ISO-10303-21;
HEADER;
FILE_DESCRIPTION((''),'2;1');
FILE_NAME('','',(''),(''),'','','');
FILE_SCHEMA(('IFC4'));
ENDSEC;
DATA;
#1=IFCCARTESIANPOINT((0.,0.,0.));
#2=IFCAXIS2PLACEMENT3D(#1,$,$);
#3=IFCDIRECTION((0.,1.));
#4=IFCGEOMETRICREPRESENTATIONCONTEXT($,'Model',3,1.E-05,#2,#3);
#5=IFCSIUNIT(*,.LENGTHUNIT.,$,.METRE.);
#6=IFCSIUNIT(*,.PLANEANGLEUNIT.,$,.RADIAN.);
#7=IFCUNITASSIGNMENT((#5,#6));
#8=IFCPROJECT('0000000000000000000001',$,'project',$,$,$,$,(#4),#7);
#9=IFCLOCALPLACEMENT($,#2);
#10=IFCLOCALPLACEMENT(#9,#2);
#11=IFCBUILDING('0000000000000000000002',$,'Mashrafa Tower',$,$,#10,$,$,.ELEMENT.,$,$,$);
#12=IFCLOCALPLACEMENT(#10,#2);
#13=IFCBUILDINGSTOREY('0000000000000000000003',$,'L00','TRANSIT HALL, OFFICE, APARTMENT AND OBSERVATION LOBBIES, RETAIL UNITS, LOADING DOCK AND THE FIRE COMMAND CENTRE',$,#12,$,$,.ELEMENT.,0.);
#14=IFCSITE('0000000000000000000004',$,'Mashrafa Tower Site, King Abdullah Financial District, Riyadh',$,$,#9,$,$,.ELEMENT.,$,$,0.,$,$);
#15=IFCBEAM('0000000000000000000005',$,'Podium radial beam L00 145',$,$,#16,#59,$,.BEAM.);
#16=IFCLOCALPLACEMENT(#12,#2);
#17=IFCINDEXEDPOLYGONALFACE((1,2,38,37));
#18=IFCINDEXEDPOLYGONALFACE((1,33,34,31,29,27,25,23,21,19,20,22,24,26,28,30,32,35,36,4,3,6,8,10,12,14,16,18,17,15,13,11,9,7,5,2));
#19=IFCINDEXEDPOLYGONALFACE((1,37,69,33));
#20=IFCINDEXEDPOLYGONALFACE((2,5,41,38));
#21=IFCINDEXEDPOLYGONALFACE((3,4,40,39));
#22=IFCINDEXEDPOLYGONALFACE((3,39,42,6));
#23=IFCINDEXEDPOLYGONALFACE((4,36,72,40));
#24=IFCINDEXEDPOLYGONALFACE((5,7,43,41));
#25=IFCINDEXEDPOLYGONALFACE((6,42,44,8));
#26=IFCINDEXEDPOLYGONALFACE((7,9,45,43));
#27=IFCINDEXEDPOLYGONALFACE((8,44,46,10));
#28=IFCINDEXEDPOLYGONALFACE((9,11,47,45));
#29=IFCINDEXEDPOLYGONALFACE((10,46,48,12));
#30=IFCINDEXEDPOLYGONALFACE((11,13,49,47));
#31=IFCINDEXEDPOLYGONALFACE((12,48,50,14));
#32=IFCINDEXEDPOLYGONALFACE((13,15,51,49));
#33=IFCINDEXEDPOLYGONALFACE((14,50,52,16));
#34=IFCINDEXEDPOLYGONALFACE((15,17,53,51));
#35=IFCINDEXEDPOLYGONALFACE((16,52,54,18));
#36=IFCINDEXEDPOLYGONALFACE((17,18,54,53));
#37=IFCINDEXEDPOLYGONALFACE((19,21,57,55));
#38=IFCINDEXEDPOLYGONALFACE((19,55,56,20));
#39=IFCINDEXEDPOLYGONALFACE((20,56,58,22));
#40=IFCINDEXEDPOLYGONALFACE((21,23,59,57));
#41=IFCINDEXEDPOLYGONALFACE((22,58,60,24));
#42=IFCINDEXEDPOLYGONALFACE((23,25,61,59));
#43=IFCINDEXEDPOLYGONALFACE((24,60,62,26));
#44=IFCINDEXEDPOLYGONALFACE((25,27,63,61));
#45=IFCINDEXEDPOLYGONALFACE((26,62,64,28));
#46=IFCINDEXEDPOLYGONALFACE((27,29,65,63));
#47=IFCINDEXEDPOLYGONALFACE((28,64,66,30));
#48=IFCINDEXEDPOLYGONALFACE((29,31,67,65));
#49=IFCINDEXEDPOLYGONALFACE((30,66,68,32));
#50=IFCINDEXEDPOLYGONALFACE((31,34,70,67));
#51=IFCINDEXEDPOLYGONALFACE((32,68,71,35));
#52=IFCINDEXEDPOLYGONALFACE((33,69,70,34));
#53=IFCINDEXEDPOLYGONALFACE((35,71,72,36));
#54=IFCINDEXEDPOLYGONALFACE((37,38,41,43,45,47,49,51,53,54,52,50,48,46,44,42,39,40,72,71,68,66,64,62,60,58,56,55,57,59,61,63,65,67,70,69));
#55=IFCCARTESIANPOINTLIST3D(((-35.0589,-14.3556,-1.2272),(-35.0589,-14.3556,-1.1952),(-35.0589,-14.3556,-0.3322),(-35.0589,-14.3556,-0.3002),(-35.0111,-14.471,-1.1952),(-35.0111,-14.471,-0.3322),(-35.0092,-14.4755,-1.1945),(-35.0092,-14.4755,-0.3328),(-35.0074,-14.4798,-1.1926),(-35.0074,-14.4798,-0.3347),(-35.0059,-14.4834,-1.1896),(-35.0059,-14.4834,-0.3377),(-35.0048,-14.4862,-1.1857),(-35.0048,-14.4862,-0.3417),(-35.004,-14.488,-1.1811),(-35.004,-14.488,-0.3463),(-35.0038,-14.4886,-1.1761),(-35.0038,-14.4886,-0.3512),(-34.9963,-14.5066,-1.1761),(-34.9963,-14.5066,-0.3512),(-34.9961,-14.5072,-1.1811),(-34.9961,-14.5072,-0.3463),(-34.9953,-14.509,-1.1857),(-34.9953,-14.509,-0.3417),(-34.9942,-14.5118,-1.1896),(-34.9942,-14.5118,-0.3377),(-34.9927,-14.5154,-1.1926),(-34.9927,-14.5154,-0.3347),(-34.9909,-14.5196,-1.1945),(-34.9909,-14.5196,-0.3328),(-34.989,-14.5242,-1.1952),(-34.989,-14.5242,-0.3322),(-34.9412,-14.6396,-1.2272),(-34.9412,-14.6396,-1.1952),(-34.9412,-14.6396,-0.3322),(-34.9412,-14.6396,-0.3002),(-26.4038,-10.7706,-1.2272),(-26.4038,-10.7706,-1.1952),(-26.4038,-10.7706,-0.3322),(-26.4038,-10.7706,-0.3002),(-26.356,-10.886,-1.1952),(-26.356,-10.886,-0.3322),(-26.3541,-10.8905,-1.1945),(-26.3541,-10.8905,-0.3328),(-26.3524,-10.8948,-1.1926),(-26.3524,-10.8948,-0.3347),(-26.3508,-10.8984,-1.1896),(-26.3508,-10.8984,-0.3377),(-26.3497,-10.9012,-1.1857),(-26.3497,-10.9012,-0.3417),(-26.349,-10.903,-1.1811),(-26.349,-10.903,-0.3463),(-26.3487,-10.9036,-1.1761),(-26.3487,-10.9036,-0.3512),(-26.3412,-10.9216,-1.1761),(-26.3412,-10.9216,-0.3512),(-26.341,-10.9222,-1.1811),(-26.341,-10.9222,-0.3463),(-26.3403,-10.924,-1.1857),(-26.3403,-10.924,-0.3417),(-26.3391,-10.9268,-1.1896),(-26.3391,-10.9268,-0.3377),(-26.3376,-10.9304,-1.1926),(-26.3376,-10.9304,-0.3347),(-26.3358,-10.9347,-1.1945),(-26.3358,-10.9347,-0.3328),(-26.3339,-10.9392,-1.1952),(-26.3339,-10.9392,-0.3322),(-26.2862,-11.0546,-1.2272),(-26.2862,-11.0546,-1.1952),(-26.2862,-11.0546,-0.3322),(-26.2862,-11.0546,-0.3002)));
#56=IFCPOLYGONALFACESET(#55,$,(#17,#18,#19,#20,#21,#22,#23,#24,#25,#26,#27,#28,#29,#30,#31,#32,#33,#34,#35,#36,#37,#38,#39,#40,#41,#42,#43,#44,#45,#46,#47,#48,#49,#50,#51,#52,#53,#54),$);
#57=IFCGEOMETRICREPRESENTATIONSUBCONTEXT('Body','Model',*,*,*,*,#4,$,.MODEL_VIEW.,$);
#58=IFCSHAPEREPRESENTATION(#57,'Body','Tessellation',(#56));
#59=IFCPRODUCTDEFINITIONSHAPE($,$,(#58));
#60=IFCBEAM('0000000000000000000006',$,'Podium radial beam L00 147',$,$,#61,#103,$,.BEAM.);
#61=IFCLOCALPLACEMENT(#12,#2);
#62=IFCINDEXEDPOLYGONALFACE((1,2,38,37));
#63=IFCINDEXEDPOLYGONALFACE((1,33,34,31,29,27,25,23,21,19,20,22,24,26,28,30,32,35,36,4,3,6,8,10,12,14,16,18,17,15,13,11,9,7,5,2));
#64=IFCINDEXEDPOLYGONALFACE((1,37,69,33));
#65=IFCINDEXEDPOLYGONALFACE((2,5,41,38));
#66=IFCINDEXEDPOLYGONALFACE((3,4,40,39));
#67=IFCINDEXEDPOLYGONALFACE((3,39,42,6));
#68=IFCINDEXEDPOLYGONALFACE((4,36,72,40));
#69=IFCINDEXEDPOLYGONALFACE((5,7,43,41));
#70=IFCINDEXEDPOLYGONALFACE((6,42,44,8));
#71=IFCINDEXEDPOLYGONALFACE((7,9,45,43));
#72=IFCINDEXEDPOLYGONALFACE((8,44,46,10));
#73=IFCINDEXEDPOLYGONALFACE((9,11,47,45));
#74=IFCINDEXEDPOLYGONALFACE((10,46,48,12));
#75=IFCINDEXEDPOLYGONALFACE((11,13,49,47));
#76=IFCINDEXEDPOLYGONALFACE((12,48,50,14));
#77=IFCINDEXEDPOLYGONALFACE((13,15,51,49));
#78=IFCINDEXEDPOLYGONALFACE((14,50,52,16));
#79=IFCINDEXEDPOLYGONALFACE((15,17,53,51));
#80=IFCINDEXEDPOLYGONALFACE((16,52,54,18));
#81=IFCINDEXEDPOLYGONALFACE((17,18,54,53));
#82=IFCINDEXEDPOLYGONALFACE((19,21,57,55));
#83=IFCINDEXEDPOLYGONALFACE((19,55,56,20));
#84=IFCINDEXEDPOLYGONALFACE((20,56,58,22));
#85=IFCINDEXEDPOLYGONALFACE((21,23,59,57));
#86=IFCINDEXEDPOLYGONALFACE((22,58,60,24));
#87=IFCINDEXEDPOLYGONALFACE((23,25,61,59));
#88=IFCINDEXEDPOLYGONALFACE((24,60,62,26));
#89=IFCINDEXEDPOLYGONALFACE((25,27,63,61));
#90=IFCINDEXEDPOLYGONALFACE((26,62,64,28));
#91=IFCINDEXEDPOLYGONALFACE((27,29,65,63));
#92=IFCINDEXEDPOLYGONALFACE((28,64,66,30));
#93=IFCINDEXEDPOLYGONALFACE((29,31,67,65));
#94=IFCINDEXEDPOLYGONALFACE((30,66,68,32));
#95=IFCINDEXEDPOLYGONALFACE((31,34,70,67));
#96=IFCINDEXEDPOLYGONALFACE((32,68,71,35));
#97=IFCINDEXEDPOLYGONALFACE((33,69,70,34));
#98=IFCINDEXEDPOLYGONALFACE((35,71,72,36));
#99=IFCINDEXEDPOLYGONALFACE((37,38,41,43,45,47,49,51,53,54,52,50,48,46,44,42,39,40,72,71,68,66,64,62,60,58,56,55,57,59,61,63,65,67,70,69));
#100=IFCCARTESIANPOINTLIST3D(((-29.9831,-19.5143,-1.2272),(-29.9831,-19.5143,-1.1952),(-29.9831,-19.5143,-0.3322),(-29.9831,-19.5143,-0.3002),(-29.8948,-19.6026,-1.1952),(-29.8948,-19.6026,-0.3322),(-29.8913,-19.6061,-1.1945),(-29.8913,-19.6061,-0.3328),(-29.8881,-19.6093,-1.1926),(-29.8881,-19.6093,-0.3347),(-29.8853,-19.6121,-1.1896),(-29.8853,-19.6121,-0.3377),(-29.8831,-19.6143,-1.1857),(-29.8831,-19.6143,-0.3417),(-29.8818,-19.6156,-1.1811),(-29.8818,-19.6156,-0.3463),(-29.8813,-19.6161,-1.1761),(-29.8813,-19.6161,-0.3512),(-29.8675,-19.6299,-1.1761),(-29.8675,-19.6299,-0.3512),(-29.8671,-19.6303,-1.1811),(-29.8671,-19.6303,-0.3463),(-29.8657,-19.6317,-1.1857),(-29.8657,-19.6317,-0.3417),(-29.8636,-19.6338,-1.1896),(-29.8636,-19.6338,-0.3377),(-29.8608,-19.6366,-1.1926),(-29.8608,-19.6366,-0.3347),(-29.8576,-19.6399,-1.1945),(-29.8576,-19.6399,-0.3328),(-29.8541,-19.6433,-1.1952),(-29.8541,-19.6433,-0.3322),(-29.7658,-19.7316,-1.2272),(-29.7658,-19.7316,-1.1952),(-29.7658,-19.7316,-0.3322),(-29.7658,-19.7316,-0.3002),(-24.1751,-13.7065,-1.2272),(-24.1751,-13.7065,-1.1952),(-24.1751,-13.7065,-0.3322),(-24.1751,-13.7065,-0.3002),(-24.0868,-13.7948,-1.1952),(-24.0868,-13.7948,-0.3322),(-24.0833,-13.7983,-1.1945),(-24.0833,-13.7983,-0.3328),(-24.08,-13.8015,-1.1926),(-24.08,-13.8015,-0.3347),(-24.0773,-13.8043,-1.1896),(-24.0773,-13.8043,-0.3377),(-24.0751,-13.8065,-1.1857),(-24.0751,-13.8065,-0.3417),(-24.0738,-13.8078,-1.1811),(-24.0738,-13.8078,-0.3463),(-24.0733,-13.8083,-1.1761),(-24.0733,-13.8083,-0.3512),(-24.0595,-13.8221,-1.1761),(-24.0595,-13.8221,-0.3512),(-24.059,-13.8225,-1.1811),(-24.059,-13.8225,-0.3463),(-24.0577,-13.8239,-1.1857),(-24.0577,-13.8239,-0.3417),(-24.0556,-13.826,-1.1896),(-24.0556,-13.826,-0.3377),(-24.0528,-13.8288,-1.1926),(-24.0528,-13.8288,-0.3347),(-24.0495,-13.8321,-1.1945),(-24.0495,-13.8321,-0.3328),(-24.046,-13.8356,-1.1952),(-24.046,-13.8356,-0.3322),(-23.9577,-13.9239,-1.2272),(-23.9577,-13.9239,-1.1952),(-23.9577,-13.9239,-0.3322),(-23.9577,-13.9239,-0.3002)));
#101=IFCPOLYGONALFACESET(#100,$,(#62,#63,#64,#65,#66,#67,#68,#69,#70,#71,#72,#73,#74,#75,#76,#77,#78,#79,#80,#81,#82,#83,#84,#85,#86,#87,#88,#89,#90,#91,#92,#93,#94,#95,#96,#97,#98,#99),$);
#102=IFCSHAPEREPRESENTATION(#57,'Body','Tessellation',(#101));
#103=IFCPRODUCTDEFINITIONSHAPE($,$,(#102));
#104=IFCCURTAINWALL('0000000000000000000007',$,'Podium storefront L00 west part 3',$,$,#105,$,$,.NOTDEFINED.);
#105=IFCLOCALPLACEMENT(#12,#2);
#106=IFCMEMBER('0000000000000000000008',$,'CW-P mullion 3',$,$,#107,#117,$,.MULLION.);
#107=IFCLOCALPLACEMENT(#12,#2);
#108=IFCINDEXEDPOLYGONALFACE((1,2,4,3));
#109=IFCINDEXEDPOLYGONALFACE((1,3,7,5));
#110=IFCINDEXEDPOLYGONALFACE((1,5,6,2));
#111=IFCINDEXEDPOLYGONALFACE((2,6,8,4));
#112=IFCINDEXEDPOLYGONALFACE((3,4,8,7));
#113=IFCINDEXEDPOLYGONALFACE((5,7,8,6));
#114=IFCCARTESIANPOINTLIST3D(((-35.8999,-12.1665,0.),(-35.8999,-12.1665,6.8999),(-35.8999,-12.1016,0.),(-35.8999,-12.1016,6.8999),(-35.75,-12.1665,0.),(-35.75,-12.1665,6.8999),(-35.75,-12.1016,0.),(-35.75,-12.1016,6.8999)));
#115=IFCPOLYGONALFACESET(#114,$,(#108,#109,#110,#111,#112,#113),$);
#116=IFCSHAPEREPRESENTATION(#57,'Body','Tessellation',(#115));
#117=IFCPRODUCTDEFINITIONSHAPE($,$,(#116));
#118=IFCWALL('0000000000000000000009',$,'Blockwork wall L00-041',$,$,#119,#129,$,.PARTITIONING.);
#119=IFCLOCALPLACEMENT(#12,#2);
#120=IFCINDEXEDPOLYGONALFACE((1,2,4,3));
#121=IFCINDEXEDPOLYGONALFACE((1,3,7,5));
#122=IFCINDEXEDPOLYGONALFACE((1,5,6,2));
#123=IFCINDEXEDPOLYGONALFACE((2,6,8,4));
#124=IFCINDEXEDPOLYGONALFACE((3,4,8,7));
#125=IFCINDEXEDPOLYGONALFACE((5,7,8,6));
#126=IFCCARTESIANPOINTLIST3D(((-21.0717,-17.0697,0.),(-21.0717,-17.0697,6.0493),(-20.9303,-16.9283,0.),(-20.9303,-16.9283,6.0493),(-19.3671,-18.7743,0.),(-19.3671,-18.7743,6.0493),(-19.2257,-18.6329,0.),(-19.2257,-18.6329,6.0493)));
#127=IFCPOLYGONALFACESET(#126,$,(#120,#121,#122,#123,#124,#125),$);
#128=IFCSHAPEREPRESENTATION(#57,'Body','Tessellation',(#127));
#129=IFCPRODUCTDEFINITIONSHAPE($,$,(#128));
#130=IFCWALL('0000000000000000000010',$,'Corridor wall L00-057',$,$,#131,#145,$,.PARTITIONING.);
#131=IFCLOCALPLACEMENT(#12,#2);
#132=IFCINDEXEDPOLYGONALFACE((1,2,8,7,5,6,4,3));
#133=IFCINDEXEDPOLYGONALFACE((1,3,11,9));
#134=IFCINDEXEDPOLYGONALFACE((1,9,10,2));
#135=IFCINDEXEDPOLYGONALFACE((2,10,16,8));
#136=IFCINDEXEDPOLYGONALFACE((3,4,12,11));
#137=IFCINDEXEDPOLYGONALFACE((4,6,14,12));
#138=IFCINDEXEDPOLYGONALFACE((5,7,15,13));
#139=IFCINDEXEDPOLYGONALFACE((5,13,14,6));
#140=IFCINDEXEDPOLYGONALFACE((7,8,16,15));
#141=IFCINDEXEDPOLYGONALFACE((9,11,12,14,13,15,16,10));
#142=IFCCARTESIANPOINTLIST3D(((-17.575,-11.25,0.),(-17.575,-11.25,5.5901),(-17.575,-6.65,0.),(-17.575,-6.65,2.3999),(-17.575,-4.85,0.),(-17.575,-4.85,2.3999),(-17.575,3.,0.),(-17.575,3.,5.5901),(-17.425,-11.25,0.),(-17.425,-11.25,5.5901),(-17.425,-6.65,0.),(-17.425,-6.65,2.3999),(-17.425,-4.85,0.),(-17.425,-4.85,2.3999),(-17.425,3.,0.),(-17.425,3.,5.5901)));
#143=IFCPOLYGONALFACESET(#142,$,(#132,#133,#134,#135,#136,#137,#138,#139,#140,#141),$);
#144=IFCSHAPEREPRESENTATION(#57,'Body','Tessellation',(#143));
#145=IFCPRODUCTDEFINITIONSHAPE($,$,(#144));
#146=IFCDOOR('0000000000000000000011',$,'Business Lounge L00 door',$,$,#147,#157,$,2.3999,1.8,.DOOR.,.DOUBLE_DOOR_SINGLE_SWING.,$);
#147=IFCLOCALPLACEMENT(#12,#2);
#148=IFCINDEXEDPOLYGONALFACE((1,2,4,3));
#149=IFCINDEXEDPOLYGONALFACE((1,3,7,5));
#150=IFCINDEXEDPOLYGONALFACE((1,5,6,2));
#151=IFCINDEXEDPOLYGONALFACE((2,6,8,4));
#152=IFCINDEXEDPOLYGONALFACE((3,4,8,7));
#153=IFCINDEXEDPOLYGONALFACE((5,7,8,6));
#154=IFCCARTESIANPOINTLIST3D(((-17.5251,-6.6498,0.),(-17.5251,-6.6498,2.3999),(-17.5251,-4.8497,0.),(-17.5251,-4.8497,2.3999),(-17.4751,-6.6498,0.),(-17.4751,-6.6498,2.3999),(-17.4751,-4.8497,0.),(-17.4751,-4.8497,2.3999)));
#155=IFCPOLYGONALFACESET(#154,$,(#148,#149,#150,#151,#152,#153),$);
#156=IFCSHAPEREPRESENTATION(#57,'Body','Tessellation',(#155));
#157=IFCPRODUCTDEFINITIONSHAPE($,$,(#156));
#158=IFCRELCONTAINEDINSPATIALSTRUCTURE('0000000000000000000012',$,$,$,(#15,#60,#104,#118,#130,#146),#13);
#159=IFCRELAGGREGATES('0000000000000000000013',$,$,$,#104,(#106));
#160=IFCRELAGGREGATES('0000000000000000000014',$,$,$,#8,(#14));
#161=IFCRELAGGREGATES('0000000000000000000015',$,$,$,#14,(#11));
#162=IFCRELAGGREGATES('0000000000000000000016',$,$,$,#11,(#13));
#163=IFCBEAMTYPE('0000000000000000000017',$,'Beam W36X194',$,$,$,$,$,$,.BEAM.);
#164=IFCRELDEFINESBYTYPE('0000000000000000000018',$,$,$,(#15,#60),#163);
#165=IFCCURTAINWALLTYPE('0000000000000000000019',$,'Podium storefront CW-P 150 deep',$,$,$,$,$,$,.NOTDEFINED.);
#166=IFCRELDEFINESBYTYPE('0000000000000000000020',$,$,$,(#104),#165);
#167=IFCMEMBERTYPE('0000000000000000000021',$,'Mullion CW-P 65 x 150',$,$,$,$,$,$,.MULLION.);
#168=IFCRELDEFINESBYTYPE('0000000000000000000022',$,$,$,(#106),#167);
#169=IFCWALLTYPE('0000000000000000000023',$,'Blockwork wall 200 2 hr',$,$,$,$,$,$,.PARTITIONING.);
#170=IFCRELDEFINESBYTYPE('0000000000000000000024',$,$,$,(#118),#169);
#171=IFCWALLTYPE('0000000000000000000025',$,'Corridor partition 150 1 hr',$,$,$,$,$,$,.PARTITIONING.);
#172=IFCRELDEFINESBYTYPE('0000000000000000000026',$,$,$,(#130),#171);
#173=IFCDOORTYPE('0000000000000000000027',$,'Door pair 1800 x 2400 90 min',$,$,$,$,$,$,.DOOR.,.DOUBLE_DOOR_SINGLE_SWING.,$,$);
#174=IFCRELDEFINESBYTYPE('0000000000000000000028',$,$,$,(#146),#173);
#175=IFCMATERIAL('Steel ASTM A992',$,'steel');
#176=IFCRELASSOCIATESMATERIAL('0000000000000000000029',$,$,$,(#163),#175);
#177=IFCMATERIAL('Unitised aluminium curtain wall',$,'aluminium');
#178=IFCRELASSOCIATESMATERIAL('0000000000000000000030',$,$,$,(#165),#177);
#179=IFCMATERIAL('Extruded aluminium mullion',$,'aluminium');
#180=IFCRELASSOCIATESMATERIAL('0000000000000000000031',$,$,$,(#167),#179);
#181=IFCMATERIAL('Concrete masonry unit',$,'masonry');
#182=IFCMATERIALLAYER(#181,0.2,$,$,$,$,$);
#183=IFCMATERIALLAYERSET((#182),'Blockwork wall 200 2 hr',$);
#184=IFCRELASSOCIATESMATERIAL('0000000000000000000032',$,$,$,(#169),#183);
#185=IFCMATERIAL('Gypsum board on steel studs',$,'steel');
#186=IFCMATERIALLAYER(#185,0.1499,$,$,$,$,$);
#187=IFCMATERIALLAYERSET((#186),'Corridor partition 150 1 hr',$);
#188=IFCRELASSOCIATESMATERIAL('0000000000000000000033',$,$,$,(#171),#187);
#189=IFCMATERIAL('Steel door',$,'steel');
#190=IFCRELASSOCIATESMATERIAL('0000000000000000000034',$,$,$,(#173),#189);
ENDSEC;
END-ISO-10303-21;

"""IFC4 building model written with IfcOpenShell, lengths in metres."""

from ifc_helpers import new_model, si_unit, direction, frame, frame_2d, origin, origin_2d, place, context, subcontext, project, spatial, rectangle, i_section, extrude, source, transform, mapped, material, layer, layer_set, material_profile, profile_set, type_object, type_shapes, element, fill, aggregate, save


model = new_model("IFC4")

# Units and contexts
model_context = context("Model", 3, precision=1e-05, world=origin(), true_north=direction((0.0, 1.0)))
body_context = subcontext(model_context, "Body", "Model", "MODEL_VIEW")
ifc_project = project(units=[si_unit("LENGTHUNIT", "METRE"), si_unit("PLANEANGLEUNIT", "RADIAN")], contexts=[model_context])

# Site, building, storey
site_placement = place(None, origin())
site = spatial("IfcSite", under=ifc_project, at=site_placement, Name="Mashrafa Tower Site, King Abdullah Financial District, Riyadh", CompositionType="ELEMENT", RefElevation=0.0)
building_placement = place(site_placement, origin())
building = spatial("IfcBuilding", under=site, at=building_placement, Name="Mashrafa Tower", CompositionType="ELEMENT")
storey_placement = place(building_placement, origin())
storey = spatial("IfcBuildingStorey", under=building, at=storey_placement, Name="L00", Description="TRANSIT HALL, OFFICE, APARTMENT AND OBSERVATION LOBBIES, RETAIL UNITS, LOADING DOCK AND THE FIRE COMMAND CENTRE", CompositionType="ELEMENT", Elevation=0.0)

# Beams
ifc_material_1 = material(Name="Steel ASTM A992", Category="steel")
ifc_material_profile_1 = material_profile(ifc_material_1, i_section(OverallWidth=0.3074, OverallDepth=0.927, WebThickness=0.0195, FlangeThickness=0.032, FilletRadius=0.019, at=origin_2d()), Name="W36X194")
ifc_profile_set_1 = profile_set([ifc_material_profile_1], Name="Steel ASTM A992")
beam_type_1 = type_object("IfcBeamType", Name="Beam W36X194", PredefinedType="BEAM", material=ifc_profile_set_1)
beam_1_placement = place(storey_placement, frame((-26.345, -10.9126, -0.7637), z_axis=(-0.923882, -0.382677, 0.0), x_axis=(0.382677, -0.923882, 0.0)))
element("IfcBeam", 1, at=beam_1_placement, inside=storey, type_object=beam_type_1, Name="Podium radial beam L00 145", PredefinedType="BEAM", context=body_context, shape_type="SweptSolid", body=[
    extrude(i_section(OverallWidth=0.3074, OverallDepth=0.927, WebThickness=0.0195, FlangeThickness=0.032, FilletRadius=0.019, at=origin_2d()), origin(), (0.0, 0.0, 1.0), 9.3682),
])
beam_2_placement = place(storey_placement, frame((-24.0664, -13.8152, -0.7637), z_axis=(-0.707122, -0.707092, 0.0), x_axis=(0.707092, -0.707122, 0.0)))
element("IfcBeam", 2, at=beam_2_placement, inside=storey, type_object=beam_type_1, Name="Podium radial beam L00 147", PredefinedType="BEAM", context=body_context, shape_type="SweptSolid", body=[
    extrude(i_section(OverallWidth=0.3074, OverallDepth=0.927, WebThickness=0.0195, FlangeThickness=0.032, FilletRadius=0.019, at=origin_2d()), origin(), (0.0, 0.0, 1.0), 8.2136),
])

# Curtain wall, member
ifc_material_2 = material(Name="Unitised aluminium curtain wall", Category="aluminium")
curtain_wall_type = type_object("IfcCurtainWallType", Name="Podium storefront CW-P 150 deep", PredefinedType="NOTDEFINED", material=ifc_material_2)
curtain_wall_placement = place(storey_placement, origin())
curtain_wall = element("IfcCurtainWall", 3, at=curtain_wall_placement, inside=storey, type_object=curtain_wall_type, Name="Podium storefront L00 west part 3", PredefinedType="NOTDEFINED")
ifc_material_3 = material(Name="Extruded aluminium mullion", Category="aluminium")
ifc_material_profile_2 = material_profile(ifc_material_3, rectangle(XDim=0.1499, YDim=0.0649, at=origin_2d()), Name="Mullion 65x150")
ifc_profile_set_2 = profile_set([ifc_material_profile_2], Name="Extruded aluminium mullion")
member_type = type_object("IfcMemberType", Name="Mullion CW-P 65 x 150", PredefinedType="MULLION", material=ifc_profile_set_2)
shared_shape = source(origin(), body_context, "Body", "SweptSolid", [
    extrude(rectangle(XDim=0.1499, YDim=0.0649, at=origin_2d()), origin(), (0.0, 0.0, 1.0), 6.8999),
])
type_shapes(member_type, [shared_shape])
member_placement = place(storey_placement, frame((-35.825, -12.134, 0.0), z_axis=(0.0, 0.0, 1.0), x_axis=(1.0, 0.0, 0.0)))
member = element("IfcMember", 4, at=member_placement, type_object=member_type, Name="CW-P mullion 3", PredefinedType="MULLION", context=body_context, shape_type="MappedRepresentation", body=[
    mapped(shared_shape, transform((0.0, 0.0, 0.0))),
])
aggregate(curtain_wall, [member])

# Wall
ifc_material_4 = material(Name="Concrete masonry unit", Category="masonry")
ifc_layer_1 = layer(ifc_material_4, 0.2)
ifc_layer_set_1 = layer_set([ifc_layer_1], Name="Blockwork wall 200 2 hr")
wall_type_1 = type_object("IfcWallType", Name="Blockwork wall 200 2 hr", PredefinedType="PARTITIONING", material=ifc_layer_set_1)
wall_1_placement = place(storey_placement, frame((-19.2964, -18.7036, 0.0), z_axis=(0.0, 0.0, 1.0), x_axis=(-0.707107, 0.707107, 0.0)))
element("IfcWall", 5, at=wall_1_placement, inside=storey, type_object=wall_type_1, Name="Blockwork wall L00-041", PredefinedType="PARTITIONING", context=body_context, shape_type="SweptSolid", body=[
    extrude(rectangle(XDim=2.4106, YDim=0.2, at=frame_2d((1.2053, 0.0))), origin(), (0.0, 0.0, 1.0), 6.0493),
])

# Wall, opening, door
ifc_material_5 = material(Name="Gypsum board on steel studs", Category="steel")
ifc_layer_2 = layer(ifc_material_5, 0.1499)
ifc_layer_set_2 = layer_set([ifc_layer_2], Name="Corridor partition 150 1 hr")
wall_type_2 = type_object("IfcWallType", Name="Corridor partition 150 1 hr", PredefinedType="PARTITIONING", material=ifc_layer_set_2)
wall_2_placement = place(storey_placement, frame((-17.5, -11.25, 0.0), z_axis=(0.0, 0.0, 1.0), x_axis=(0.0, 1.0, 0.0)))
wall_2 = element("IfcWall", 6, at=wall_2_placement, inside=storey, type_object=wall_type_2, Name="Corridor wall L00-057", PredefinedType="PARTITIONING", context=body_context, shape_type="SweptSolid", body=[
    extrude(rectangle(XDim=14.25, YDim=0.1499, at=frame_2d((7.125, 0.0))), origin(), (0.0, 0.0, 1.0), 5.5901),
])
opening_1_placement = place(wall_2_placement, frame((4.6001, 0.0, 0.0)))
opening_1 = element("IfcOpeningElement", 7, at=opening_1_placement, cuts=wall_2, PredefinedType="OPENING", context=body_context, shape_type="SweptSolid", body=[
    extrude(rectangle(XDim=1.8, YDim=2.3999, at=frame_2d((0.8999, 1.2))), frame((0.0, 0.085, 0.0), z_axis=(0.0, -1.0, 0.0), x_axis=(1.0, 0.0, 0.0)), (0.0, 0.0, 1.0), 0.1699),
])
ifc_material_6 = material(Name="Steel door", Category="steel")
door_type_1 = type_object("IfcDoorType", Name="Door pair 1800 x 2400 90 min", OperationType="DOUBLE_DOOR_SINGLE_SWING", PredefinedType="DOOR", material=ifc_material_6)
door_1_placement = place(opening_1_placement, frame((1.8, 0.0, 0.0), z_axis=(0.0, 0.0, 1.0), x_axis=(-1.0, 0.0, 0.0)))
door_1 = element("IfcDoor", 8, at=door_1_placement, inside=storey, type_object=door_type_1, Name="Business Lounge L00 door", OperationType="DOUBLE_DOOR_SINGLE_SWING", OverallHeight=2.3999, OverallWidth=1.8, PredefinedType="DOOR", context=body_context, shape_type="SweptSolid", body=[
    extrude(rectangle(XDim=1.8, YDim=2.3999, at=frame_2d((0.8999, 1.2))), frame((0.0, 0.0249, 0.0), z_axis=(0.0, -1.0, 0.0), x_axis=(1.0, 0.0, 0.0)), (0.0, 0.0, 1.0), 0.05),
])
fill(opening_1, door_1)

save(model, "model.ifc")
